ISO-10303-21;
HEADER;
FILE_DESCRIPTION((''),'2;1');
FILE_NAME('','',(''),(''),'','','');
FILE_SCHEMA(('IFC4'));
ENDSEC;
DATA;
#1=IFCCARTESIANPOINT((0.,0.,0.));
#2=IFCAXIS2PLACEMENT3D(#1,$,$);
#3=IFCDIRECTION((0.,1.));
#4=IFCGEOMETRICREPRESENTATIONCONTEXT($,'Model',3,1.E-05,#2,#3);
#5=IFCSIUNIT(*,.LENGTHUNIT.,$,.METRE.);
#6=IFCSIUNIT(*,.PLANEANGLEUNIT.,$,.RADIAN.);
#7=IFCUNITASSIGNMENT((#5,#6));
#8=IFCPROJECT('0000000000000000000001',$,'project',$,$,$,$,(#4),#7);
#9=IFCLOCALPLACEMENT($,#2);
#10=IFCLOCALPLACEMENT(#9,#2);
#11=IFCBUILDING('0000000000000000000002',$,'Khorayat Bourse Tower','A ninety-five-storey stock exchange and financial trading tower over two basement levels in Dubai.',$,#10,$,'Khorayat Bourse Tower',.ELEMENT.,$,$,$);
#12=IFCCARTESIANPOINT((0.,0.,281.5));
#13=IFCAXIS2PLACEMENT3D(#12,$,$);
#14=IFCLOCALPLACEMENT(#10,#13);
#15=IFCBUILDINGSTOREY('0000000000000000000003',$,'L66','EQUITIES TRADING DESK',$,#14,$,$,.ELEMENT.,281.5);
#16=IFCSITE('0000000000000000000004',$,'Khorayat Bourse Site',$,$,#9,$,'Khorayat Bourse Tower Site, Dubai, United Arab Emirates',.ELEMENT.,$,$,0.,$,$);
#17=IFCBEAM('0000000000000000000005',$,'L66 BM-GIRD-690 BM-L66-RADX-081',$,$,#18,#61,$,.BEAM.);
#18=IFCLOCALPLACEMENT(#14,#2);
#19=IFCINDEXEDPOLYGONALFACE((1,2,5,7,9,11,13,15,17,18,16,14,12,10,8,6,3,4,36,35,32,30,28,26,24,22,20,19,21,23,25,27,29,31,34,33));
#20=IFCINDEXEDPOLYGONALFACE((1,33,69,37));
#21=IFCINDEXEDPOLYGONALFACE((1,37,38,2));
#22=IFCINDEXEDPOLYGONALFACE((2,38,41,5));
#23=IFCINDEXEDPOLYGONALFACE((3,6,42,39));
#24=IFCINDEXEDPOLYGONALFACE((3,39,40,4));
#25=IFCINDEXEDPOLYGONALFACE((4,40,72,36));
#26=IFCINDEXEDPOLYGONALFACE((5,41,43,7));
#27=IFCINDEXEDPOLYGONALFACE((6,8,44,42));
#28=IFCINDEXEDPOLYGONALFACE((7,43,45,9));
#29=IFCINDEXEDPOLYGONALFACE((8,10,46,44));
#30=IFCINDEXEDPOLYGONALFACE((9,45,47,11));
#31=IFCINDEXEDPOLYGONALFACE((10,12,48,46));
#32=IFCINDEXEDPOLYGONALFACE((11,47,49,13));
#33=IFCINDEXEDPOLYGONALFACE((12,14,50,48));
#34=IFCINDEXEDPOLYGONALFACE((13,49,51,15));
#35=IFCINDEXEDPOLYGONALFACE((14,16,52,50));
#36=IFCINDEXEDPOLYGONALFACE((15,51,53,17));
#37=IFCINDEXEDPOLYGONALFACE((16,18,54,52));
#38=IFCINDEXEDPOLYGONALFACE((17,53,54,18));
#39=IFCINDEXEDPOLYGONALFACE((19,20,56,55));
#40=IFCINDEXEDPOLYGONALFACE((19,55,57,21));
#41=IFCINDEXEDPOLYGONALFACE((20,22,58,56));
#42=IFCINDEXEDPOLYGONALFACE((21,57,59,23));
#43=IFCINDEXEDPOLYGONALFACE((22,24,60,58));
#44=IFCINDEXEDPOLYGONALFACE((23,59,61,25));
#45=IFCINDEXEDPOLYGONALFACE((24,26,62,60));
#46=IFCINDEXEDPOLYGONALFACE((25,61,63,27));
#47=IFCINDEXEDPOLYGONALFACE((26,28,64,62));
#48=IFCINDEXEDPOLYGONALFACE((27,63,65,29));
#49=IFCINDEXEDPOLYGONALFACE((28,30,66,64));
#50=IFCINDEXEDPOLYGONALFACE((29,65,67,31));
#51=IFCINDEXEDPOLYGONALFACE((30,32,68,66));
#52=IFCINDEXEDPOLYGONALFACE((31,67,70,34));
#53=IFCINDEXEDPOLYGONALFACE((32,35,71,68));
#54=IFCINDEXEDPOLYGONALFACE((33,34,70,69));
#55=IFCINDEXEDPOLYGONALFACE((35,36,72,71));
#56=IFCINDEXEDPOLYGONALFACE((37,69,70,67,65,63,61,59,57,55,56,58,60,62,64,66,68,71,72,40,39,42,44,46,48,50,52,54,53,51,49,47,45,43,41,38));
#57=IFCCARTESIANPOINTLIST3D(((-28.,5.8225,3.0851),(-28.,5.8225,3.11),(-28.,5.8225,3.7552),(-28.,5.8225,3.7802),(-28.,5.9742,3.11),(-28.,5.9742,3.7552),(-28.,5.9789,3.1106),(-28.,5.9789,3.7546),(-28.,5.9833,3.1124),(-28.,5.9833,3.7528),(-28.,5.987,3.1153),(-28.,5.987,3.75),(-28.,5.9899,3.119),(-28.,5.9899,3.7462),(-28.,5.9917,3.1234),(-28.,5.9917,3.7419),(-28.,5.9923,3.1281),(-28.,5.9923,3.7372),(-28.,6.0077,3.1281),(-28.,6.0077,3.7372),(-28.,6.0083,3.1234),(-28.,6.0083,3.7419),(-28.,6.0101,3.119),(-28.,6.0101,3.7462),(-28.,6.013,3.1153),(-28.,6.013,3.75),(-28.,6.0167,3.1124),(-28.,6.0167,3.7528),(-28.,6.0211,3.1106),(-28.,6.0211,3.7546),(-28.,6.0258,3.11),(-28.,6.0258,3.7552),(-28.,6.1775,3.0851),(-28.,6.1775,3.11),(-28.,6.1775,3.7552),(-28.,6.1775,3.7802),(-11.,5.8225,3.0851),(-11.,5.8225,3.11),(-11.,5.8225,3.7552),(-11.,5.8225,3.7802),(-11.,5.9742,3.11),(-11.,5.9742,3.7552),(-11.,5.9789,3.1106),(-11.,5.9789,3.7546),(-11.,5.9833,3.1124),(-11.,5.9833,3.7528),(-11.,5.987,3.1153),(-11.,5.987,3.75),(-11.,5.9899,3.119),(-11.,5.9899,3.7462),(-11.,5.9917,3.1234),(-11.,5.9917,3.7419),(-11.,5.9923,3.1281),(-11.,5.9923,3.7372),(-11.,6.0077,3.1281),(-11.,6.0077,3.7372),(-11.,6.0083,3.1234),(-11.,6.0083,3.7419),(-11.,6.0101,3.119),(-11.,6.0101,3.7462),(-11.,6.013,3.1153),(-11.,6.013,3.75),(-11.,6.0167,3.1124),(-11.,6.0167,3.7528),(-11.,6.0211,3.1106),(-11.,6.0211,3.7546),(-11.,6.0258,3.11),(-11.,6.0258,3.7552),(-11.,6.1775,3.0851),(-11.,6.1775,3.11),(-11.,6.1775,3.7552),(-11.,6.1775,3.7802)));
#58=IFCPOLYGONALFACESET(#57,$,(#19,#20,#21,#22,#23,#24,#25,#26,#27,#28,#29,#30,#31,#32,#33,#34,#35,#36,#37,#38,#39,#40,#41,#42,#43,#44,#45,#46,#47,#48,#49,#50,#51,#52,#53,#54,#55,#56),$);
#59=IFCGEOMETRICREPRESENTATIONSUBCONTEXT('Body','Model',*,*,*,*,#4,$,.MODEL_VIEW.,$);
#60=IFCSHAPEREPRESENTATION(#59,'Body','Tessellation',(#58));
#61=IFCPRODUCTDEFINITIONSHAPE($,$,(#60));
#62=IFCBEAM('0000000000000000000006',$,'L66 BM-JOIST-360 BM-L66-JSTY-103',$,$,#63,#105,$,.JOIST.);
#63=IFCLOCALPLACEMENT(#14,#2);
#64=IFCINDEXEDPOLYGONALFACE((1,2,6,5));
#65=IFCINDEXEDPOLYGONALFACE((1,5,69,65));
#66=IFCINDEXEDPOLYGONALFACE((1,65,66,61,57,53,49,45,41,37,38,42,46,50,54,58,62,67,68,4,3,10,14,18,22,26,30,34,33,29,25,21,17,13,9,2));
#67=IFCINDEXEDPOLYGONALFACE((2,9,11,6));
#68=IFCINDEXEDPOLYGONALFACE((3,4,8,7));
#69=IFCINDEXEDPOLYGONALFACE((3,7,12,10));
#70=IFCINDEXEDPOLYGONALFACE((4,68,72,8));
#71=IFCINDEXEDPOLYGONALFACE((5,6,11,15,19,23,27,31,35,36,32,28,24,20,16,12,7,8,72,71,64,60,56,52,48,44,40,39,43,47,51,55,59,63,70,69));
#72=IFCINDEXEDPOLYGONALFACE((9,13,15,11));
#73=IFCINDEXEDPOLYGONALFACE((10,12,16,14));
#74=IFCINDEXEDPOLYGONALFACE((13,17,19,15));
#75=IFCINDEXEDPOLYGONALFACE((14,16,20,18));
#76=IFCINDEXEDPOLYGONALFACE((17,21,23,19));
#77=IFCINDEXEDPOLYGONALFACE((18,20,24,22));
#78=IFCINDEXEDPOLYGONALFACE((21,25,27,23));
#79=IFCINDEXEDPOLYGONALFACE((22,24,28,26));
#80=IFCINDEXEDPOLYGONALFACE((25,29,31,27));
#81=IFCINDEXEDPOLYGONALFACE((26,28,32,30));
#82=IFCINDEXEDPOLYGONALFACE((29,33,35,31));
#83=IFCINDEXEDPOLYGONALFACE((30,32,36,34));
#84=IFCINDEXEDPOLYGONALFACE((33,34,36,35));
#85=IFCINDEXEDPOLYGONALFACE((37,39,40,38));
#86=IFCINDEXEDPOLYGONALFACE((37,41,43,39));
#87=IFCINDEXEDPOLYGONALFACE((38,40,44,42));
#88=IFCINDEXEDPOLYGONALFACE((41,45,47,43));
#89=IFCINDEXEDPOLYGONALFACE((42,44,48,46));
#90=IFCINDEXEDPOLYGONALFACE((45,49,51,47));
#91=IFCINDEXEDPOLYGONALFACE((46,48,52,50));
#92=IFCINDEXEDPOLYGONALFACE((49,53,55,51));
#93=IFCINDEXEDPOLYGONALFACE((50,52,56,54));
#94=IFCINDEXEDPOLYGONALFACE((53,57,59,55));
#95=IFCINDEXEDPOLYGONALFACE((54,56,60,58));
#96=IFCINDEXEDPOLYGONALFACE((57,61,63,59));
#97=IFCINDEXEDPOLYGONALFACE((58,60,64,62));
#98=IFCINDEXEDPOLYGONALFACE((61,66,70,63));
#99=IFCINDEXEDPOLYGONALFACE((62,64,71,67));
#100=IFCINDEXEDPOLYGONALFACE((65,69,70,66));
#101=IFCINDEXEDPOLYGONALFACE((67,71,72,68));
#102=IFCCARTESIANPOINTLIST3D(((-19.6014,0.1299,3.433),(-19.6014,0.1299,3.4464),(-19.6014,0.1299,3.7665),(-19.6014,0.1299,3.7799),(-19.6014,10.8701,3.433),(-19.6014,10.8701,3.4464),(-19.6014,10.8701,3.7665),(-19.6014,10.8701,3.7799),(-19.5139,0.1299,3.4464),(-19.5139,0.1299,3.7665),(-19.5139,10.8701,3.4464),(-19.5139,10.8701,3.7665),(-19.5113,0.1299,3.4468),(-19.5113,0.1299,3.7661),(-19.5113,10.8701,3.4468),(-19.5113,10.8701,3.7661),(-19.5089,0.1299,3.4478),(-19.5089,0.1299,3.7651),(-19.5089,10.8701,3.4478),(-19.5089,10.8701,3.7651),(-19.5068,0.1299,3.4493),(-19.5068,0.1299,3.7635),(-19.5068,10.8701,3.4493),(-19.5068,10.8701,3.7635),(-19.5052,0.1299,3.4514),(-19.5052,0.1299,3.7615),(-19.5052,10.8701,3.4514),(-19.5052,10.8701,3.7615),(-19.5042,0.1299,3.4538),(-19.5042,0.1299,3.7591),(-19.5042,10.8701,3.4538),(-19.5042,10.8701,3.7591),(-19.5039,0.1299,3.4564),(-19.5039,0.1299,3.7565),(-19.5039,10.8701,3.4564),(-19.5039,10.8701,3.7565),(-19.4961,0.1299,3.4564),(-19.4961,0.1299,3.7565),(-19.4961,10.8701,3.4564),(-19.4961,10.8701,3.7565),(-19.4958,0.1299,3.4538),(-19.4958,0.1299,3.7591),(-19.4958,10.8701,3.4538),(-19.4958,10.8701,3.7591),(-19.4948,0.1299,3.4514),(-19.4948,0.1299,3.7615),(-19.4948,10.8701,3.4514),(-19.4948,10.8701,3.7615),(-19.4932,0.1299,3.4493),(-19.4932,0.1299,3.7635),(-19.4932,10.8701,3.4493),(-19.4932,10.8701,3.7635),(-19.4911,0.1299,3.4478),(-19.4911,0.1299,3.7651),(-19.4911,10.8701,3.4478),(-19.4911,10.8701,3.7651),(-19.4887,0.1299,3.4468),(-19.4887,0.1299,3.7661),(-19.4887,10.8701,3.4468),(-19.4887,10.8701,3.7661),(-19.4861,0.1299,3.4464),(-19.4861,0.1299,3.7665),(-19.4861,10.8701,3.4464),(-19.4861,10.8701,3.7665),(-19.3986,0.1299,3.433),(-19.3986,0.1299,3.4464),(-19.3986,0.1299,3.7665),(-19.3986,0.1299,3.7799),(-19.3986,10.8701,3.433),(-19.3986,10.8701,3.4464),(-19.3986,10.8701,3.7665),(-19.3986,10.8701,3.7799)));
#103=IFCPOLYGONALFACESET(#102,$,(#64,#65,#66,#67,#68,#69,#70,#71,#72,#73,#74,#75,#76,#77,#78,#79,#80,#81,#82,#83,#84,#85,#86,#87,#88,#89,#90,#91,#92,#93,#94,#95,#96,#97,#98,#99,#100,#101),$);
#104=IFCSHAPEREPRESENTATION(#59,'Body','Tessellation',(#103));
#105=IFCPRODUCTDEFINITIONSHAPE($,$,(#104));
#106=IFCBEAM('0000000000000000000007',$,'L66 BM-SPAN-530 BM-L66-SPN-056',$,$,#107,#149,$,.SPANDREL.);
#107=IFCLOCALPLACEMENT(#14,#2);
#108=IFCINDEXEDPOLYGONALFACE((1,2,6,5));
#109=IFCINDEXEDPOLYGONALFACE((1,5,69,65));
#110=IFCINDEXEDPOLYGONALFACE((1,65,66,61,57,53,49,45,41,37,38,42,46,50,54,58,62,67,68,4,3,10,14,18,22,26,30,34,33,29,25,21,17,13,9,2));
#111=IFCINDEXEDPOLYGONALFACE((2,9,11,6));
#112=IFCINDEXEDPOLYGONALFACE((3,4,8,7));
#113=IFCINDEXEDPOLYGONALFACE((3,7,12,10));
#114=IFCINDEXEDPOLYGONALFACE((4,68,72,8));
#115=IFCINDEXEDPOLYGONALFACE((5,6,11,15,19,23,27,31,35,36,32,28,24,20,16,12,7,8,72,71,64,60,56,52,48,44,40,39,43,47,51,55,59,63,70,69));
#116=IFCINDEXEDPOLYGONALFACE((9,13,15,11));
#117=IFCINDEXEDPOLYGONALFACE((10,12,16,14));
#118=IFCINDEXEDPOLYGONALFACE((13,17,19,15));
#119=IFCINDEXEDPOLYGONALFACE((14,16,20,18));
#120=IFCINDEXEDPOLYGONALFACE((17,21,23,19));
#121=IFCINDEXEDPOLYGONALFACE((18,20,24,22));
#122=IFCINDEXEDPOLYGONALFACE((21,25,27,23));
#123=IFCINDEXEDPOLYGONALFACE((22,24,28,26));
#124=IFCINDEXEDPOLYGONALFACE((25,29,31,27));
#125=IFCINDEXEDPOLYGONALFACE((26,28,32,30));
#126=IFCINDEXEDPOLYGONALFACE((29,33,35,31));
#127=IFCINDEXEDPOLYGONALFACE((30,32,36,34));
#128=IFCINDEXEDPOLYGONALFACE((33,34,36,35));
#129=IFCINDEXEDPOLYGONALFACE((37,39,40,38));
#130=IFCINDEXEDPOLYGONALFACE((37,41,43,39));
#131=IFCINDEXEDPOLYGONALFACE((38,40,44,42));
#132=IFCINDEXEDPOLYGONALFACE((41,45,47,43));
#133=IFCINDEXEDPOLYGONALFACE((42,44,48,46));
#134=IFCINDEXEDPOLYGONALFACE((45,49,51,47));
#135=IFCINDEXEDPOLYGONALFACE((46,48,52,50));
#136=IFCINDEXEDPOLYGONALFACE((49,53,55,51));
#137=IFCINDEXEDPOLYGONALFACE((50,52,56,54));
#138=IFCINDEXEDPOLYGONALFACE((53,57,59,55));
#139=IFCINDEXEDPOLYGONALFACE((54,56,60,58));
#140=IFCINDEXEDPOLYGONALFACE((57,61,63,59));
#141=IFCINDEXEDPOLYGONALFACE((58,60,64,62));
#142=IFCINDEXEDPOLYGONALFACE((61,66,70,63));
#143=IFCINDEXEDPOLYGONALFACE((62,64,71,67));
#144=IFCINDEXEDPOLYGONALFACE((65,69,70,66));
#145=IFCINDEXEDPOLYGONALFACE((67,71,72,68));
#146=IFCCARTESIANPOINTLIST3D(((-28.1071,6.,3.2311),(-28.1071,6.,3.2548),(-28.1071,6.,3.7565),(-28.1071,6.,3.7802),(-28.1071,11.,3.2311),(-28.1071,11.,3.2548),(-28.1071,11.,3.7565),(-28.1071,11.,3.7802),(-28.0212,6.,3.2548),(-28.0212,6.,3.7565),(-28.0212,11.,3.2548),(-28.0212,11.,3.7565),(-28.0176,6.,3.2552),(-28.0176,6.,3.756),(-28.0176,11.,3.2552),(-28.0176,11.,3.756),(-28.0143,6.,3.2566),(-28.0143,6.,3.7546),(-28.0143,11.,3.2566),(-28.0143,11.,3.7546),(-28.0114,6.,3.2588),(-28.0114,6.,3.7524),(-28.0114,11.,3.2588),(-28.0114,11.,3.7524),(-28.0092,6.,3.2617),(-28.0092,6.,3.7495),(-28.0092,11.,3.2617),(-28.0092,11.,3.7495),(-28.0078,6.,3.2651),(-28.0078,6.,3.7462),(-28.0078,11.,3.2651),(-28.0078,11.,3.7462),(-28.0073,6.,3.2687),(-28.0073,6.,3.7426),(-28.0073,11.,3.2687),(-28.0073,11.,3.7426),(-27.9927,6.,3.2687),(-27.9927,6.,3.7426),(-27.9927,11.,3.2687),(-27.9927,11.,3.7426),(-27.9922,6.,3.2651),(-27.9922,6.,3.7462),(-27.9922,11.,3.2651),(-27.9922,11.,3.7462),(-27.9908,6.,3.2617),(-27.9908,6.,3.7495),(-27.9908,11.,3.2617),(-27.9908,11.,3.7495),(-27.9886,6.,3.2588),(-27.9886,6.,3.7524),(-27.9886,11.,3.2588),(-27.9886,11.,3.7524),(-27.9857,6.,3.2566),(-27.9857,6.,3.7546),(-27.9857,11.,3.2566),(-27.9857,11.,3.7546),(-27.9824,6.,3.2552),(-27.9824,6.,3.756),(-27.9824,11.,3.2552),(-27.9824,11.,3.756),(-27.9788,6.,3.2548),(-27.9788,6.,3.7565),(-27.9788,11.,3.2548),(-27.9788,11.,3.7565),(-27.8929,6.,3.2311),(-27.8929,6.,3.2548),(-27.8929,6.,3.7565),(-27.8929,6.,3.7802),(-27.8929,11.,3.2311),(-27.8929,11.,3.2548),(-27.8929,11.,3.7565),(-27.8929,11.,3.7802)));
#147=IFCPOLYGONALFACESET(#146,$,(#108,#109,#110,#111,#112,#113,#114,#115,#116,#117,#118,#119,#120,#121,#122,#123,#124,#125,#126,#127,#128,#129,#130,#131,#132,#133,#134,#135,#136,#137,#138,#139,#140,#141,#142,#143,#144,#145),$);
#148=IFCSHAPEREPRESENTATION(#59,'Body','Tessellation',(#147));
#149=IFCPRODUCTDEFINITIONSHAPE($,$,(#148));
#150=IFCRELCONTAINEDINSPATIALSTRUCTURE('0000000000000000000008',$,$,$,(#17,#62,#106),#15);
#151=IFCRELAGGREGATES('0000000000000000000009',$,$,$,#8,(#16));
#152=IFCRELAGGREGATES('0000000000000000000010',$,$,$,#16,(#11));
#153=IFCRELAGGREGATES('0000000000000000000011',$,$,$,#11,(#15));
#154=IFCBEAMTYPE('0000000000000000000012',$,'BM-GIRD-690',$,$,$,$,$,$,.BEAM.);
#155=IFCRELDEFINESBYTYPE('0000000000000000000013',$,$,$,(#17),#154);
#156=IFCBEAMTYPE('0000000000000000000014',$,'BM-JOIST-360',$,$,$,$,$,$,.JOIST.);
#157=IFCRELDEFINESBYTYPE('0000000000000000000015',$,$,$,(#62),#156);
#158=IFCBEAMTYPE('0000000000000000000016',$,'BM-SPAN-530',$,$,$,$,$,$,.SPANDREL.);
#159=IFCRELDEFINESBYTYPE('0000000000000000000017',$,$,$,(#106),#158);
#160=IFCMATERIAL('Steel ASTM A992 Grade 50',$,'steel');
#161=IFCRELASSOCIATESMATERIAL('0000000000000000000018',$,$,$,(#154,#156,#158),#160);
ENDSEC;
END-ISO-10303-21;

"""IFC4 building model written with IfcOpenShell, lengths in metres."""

from ifc_helpers import new_model, si_unit, direction, frame, origin, origin_2d, place, context, subcontext, project, spatial, i_section, extrude, source, transform, mapped, material, material_profile, profile_set, type_object, element, save


model = new_model("IFC4")

# Units and contexts
model_context = context("Model", 3, precision=1e-05, world=origin(), true_north=direction((0.0, 1.0)))
body_context = subcontext(model_context, "Body", "Model", "MODEL_VIEW")
ifc_project = project(units=[si_unit("LENGTHUNIT", "METRE"), si_unit("PLANEANGLEUNIT", "RADIAN")], contexts=[model_context])

# Site, building, storey
site_placement = place(None, origin())
site = spatial("IfcSite", under=ifc_project, at=site_placement, Name="Khorayat Bourse Site", LongName="Khorayat Bourse Tower Site, Dubai, United Arab Emirates", CompositionType="ELEMENT", RefElevation=0.0)
building_placement = place(site_placement, origin())
building = spatial("IfcBuilding", under=site, at=building_placement, Name="Khorayat Bourse Tower", Description="A ninety-five-storey stock exchange and financial trading tower over two basement levels in Dubai.", LongName="Khorayat Bourse Tower", CompositionType="ELEMENT")
storey_placement = place(building_placement, frame((0.0, 0.0, 281.5)))
storey = spatial("IfcBuildingStorey", under=building, at=storey_placement, Name="L66", Description="EQUITIES TRADING DESK", CompositionType="ELEMENT", Elevation=281.5)

# Beams
ifc_material_1 = material(Name="Steel ASTM A992 Grade 50", Category="steel")
ifc_material_profile_1 = material_profile(ifc_material_1, i_section(OverallWidth=0.355, OverallDepth=0.6951, WebThickness=0.0154, FlangeThickness=0.0249, FilletRadius=0.0181, at=origin_2d()), Name="W690X217")
ifc_profile_set_1 = profile_set([ifc_material_profile_1], Name="Steel ASTM A992 Grade 50")
beam_type_1 = type_object("IfcBeamType", Name="BM-GIRD-690", PredefinedType="BEAM", material=ifc_profile_set_1)
shared_shape_1 = source(origin(), body_context, "Body", "SweptSolid", [
    extrude(i_section(OverallWidth=0.355, OverallDepth=0.6951, WebThickness=0.0154, FlangeThickness=0.0249, FilletRadius=0.0181, at=origin_2d()), origin(), (0.0, 0.0, 1.0), 17.0),
])
for number, where, z_axis, x_axis, name in (
    (1, (-28.0, 6.0, 3.4326), (1.0, 0.0, 0.0), (0.0, 1.0, 0.0), "L66 BM-GIRD-690 BM-L66-RADX-081"),
):
    element("IfcBeam", number, at=place(storey_placement, frame(where, z_axis=z_axis, x_axis=x_axis)), inside=storey, type_object=beam_type_1, Name=name, PredefinedType="BEAM", context=body_context, shape_type="MappedRepresentation", body=[
        mapped(shared_shape_1, transform((0.0, 0.0, 0.0), scale=1.0)),
    ])
ifc_material_profile_2 = material_profile(ifc_material_1, i_section(OverallWidth=0.2029, OverallDepth=0.3469, WebThickness=0.0078, FlangeThickness=0.0134, FilletRadius=0.01, at=origin_2d()), Name="W360X64")
ifc_profile_set_2 = profile_set([ifc_material_profile_2], Name="Steel ASTM A992 Grade 50")
beam_type_2 = type_object("IfcBeamType", Name="BM-JOIST-360", PredefinedType="JOIST", material=ifc_profile_set_2)
shared_shape_2 = source(origin(), body_context, "Body", "SweptSolid", [
    extrude(i_section(OverallWidth=0.2029, OverallDepth=0.3469, WebThickness=0.0078, FlangeThickness=0.0134, FilletRadius=0.01, at=origin_2d()), origin(), (0.0, 0.0, 1.0), 10.7402),
])
beam_1_placement = place(storey_placement, frame((-19.5, 0.1299, 3.6064), z_axis=(0.0, 1.0, 0.0), x_axis=(-1.0, 0.0, 0.0)))
element("IfcBeam", 2, at=beam_1_placement, inside=storey, type_object=beam_type_2, Name="L66 BM-JOIST-360 BM-L66-JSTY-103", PredefinedType="JOIST", context=body_context, shape_type="MappedRepresentation", body=[
    mapped(shared_shape_2, transform((0.0, 0.0, 0.0), scale=1.0)),
])
ifc_material_profile_3 = material_profile(ifc_material_1, i_section(OverallWidth=0.2141, OverallDepth=0.5491, WebThickness=0.0146, FlangeThickness=0.0237, FilletRadius=0.0139, at=origin_2d()), Name="W530X138")
ifc_profile_set_3 = profile_set([ifc_material_profile_3], Name="Steel ASTM A992 Grade 50")
beam_type_3 = type_object("IfcBeamType", Name="BM-SPAN-530", PredefinedType="SPANDREL", material=ifc_profile_set_3)
shared_shape_3 = source(origin(), body_context, "Body", "SweptSolid", [
    extrude(i_section(OverallWidth=0.2141, OverallDepth=0.5491, WebThickness=0.0146, FlangeThickness=0.0237, FilletRadius=0.0139, at=origin_2d()), origin(), (0.0, 0.0, 1.0), 5.0),
])
beam_2_placement = place(storey_placement, frame((-28.0, 6.0, 3.5056), z_axis=(0.0, 1.0, 0.0), x_axis=(-1.0, 0.0, 0.0)))
element("IfcBeam", 3, at=beam_2_placement, inside=storey, type_object=beam_type_3, Name="L66 BM-SPAN-530 BM-L66-SPN-056", PredefinedType="SPANDREL", context=body_context, shape_type="MappedRepresentation", body=[
    mapped(shared_shape_3, transform((0.0, 0.0, 0.0), scale=1.0)),
])

save(model, "model.ifc")
